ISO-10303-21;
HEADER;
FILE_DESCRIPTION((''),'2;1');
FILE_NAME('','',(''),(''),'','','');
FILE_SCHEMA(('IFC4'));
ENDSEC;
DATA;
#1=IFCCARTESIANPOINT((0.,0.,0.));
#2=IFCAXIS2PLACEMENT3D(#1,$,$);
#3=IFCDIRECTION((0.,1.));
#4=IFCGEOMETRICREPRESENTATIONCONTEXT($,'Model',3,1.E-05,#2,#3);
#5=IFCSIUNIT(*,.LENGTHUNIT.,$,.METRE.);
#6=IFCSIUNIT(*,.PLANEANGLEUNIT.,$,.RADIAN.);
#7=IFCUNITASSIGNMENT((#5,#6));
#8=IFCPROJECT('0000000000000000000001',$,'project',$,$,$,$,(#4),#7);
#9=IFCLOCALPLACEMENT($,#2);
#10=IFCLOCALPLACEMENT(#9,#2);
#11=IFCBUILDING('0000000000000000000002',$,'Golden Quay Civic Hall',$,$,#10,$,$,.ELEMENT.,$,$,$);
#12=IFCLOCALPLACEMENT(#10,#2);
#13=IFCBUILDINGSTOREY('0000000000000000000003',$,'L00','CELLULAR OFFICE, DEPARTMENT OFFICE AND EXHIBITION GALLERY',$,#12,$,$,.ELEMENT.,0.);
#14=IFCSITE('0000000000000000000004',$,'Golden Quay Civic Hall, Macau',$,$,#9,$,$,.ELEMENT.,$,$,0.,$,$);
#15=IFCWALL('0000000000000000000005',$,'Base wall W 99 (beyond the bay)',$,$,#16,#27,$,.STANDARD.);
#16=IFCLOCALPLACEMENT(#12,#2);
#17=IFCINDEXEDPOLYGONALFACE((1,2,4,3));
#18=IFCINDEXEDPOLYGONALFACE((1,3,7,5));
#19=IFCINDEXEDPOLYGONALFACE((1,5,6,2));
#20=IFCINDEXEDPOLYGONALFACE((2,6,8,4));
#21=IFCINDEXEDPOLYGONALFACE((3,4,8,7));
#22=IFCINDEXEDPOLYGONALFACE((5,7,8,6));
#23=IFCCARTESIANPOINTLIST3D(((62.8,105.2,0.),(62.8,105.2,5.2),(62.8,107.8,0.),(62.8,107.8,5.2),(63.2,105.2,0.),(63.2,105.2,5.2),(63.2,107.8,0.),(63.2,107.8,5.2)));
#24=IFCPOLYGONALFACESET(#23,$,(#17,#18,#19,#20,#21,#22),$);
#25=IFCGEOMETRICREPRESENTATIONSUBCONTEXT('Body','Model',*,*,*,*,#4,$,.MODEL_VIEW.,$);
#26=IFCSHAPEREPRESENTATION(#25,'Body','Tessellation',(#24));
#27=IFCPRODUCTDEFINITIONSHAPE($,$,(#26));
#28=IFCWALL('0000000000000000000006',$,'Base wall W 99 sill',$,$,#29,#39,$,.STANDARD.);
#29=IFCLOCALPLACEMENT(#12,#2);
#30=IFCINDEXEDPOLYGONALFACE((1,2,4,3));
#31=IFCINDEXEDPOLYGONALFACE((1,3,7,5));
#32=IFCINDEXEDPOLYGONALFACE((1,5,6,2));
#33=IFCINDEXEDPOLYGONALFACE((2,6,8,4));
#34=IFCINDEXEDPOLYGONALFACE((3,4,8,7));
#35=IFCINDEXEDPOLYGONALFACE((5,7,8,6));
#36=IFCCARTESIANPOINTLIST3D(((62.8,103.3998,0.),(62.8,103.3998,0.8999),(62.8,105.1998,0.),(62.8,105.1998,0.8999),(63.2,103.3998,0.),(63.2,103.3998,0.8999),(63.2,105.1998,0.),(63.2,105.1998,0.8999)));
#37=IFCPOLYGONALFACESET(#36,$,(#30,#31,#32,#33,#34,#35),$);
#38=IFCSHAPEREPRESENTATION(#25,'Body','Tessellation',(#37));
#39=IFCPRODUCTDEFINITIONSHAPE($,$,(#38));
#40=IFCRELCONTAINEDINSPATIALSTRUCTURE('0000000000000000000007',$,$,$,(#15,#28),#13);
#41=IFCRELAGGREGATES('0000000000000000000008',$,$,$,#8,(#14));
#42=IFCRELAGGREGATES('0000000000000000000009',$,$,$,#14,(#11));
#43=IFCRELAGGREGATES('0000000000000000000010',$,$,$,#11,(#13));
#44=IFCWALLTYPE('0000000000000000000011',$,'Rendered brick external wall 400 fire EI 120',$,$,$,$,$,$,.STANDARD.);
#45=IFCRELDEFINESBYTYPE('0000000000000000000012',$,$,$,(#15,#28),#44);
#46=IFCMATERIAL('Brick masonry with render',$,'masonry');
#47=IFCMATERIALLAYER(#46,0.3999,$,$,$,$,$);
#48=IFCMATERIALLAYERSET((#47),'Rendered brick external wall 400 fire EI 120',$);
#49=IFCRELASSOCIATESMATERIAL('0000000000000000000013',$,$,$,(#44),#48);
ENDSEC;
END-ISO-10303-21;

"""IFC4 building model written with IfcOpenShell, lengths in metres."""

from ifc_helpers import new_model, si_unit, direction, frame, frame_2d, origin, place, context, subcontext, project, spatial, rectangle, extrude, material, layer, layer_set, type_object, element, save


model = new_model("IFC4")

# Units and contexts
model_context = context("Model", 3, precision=1e-05, world=origin(), true_north=direction((0.0, 1.0)))
body_context = subcontext(model_context, "Body", "Model", "MODEL_VIEW")
ifc_project = project(units=[si_unit("LENGTHUNIT", "METRE"), si_unit("PLANEANGLEUNIT", "RADIAN")], contexts=[model_context])

# Site, building, storey
site_placement = place(None, origin())
site = spatial("IfcSite", under=ifc_project, at=site_placement, Name="Golden Quay Civic Hall, Macau", CompositionType="ELEMENT", RefElevation=0.0)
building_placement = place(site_placement, origin())
building = spatial("IfcBuilding", under=site, at=building_placement, Name="Golden Quay Civic Hall", CompositionType="ELEMENT")
storey_placement = place(building_placement, origin())
storey = spatial("IfcBuildingStorey", under=building, at=storey_placement, Name="L00", Description="CELLULAR OFFICE, DEPARTMENT OFFICE AND EXHIBITION GALLERY", CompositionType="ELEMENT", Elevation=0.0)

# Shared definitions
ifc_material_1 = material(Name="Brick masonry with render", Category="masonry")
ifc_layer_1 = layer(ifc_material_1, 0.3999)
ifc_layer_set_1 = layer_set([ifc_layer_1], Name="Rendered brick external wall 400 fire EI 120")
wall_type_1 = type_object("IfcWallType", Name="Rendered brick external wall 400 fire EI 120", PredefinedType="STANDARD", material=ifc_layer_set_1)

# Walls
wall_1_placement = place(storey_placement, frame((63.0, 105.2, 0.0), z_axis=(0.0, 0.0, 1.0), x_axis=(0.0, 1.0, 0.0)))
element("IfcWall", 1, at=wall_1_placement, inside=storey, type_object=wall_type_1, Name="Base wall W 99 (beyond the bay)", PredefinedType="STANDARD", context=body_context, shape_type="SweptSolid", body=[
    extrude(rectangle(XDim=2.6001, YDim=0.3999, at=frame_2d((1.3, 0.0))), origin(), (0.0, 0.0, 1.0), 5.2),
])
wall_2_placement = place(storey_placement, frame((63.0, 103.3999, 0.0), z_axis=(0.0, 0.0, 1.0), x_axis=(0.0, 1.0, 0.0)))
element("IfcWall", 2, at=wall_2_placement, inside=storey, type_object=wall_type_1, Name="Base wall W 99 sill", PredefinedType="STANDARD", context=body_context, shape_type="SweptSolid", body=[
    extrude(rectangle(XDim=1.8, YDim=0.3999, at=frame_2d((0.8999, 0.0))), origin(), (0.0, 0.0, 1.0), 0.8999),
])

save(model, "model.ifc")
